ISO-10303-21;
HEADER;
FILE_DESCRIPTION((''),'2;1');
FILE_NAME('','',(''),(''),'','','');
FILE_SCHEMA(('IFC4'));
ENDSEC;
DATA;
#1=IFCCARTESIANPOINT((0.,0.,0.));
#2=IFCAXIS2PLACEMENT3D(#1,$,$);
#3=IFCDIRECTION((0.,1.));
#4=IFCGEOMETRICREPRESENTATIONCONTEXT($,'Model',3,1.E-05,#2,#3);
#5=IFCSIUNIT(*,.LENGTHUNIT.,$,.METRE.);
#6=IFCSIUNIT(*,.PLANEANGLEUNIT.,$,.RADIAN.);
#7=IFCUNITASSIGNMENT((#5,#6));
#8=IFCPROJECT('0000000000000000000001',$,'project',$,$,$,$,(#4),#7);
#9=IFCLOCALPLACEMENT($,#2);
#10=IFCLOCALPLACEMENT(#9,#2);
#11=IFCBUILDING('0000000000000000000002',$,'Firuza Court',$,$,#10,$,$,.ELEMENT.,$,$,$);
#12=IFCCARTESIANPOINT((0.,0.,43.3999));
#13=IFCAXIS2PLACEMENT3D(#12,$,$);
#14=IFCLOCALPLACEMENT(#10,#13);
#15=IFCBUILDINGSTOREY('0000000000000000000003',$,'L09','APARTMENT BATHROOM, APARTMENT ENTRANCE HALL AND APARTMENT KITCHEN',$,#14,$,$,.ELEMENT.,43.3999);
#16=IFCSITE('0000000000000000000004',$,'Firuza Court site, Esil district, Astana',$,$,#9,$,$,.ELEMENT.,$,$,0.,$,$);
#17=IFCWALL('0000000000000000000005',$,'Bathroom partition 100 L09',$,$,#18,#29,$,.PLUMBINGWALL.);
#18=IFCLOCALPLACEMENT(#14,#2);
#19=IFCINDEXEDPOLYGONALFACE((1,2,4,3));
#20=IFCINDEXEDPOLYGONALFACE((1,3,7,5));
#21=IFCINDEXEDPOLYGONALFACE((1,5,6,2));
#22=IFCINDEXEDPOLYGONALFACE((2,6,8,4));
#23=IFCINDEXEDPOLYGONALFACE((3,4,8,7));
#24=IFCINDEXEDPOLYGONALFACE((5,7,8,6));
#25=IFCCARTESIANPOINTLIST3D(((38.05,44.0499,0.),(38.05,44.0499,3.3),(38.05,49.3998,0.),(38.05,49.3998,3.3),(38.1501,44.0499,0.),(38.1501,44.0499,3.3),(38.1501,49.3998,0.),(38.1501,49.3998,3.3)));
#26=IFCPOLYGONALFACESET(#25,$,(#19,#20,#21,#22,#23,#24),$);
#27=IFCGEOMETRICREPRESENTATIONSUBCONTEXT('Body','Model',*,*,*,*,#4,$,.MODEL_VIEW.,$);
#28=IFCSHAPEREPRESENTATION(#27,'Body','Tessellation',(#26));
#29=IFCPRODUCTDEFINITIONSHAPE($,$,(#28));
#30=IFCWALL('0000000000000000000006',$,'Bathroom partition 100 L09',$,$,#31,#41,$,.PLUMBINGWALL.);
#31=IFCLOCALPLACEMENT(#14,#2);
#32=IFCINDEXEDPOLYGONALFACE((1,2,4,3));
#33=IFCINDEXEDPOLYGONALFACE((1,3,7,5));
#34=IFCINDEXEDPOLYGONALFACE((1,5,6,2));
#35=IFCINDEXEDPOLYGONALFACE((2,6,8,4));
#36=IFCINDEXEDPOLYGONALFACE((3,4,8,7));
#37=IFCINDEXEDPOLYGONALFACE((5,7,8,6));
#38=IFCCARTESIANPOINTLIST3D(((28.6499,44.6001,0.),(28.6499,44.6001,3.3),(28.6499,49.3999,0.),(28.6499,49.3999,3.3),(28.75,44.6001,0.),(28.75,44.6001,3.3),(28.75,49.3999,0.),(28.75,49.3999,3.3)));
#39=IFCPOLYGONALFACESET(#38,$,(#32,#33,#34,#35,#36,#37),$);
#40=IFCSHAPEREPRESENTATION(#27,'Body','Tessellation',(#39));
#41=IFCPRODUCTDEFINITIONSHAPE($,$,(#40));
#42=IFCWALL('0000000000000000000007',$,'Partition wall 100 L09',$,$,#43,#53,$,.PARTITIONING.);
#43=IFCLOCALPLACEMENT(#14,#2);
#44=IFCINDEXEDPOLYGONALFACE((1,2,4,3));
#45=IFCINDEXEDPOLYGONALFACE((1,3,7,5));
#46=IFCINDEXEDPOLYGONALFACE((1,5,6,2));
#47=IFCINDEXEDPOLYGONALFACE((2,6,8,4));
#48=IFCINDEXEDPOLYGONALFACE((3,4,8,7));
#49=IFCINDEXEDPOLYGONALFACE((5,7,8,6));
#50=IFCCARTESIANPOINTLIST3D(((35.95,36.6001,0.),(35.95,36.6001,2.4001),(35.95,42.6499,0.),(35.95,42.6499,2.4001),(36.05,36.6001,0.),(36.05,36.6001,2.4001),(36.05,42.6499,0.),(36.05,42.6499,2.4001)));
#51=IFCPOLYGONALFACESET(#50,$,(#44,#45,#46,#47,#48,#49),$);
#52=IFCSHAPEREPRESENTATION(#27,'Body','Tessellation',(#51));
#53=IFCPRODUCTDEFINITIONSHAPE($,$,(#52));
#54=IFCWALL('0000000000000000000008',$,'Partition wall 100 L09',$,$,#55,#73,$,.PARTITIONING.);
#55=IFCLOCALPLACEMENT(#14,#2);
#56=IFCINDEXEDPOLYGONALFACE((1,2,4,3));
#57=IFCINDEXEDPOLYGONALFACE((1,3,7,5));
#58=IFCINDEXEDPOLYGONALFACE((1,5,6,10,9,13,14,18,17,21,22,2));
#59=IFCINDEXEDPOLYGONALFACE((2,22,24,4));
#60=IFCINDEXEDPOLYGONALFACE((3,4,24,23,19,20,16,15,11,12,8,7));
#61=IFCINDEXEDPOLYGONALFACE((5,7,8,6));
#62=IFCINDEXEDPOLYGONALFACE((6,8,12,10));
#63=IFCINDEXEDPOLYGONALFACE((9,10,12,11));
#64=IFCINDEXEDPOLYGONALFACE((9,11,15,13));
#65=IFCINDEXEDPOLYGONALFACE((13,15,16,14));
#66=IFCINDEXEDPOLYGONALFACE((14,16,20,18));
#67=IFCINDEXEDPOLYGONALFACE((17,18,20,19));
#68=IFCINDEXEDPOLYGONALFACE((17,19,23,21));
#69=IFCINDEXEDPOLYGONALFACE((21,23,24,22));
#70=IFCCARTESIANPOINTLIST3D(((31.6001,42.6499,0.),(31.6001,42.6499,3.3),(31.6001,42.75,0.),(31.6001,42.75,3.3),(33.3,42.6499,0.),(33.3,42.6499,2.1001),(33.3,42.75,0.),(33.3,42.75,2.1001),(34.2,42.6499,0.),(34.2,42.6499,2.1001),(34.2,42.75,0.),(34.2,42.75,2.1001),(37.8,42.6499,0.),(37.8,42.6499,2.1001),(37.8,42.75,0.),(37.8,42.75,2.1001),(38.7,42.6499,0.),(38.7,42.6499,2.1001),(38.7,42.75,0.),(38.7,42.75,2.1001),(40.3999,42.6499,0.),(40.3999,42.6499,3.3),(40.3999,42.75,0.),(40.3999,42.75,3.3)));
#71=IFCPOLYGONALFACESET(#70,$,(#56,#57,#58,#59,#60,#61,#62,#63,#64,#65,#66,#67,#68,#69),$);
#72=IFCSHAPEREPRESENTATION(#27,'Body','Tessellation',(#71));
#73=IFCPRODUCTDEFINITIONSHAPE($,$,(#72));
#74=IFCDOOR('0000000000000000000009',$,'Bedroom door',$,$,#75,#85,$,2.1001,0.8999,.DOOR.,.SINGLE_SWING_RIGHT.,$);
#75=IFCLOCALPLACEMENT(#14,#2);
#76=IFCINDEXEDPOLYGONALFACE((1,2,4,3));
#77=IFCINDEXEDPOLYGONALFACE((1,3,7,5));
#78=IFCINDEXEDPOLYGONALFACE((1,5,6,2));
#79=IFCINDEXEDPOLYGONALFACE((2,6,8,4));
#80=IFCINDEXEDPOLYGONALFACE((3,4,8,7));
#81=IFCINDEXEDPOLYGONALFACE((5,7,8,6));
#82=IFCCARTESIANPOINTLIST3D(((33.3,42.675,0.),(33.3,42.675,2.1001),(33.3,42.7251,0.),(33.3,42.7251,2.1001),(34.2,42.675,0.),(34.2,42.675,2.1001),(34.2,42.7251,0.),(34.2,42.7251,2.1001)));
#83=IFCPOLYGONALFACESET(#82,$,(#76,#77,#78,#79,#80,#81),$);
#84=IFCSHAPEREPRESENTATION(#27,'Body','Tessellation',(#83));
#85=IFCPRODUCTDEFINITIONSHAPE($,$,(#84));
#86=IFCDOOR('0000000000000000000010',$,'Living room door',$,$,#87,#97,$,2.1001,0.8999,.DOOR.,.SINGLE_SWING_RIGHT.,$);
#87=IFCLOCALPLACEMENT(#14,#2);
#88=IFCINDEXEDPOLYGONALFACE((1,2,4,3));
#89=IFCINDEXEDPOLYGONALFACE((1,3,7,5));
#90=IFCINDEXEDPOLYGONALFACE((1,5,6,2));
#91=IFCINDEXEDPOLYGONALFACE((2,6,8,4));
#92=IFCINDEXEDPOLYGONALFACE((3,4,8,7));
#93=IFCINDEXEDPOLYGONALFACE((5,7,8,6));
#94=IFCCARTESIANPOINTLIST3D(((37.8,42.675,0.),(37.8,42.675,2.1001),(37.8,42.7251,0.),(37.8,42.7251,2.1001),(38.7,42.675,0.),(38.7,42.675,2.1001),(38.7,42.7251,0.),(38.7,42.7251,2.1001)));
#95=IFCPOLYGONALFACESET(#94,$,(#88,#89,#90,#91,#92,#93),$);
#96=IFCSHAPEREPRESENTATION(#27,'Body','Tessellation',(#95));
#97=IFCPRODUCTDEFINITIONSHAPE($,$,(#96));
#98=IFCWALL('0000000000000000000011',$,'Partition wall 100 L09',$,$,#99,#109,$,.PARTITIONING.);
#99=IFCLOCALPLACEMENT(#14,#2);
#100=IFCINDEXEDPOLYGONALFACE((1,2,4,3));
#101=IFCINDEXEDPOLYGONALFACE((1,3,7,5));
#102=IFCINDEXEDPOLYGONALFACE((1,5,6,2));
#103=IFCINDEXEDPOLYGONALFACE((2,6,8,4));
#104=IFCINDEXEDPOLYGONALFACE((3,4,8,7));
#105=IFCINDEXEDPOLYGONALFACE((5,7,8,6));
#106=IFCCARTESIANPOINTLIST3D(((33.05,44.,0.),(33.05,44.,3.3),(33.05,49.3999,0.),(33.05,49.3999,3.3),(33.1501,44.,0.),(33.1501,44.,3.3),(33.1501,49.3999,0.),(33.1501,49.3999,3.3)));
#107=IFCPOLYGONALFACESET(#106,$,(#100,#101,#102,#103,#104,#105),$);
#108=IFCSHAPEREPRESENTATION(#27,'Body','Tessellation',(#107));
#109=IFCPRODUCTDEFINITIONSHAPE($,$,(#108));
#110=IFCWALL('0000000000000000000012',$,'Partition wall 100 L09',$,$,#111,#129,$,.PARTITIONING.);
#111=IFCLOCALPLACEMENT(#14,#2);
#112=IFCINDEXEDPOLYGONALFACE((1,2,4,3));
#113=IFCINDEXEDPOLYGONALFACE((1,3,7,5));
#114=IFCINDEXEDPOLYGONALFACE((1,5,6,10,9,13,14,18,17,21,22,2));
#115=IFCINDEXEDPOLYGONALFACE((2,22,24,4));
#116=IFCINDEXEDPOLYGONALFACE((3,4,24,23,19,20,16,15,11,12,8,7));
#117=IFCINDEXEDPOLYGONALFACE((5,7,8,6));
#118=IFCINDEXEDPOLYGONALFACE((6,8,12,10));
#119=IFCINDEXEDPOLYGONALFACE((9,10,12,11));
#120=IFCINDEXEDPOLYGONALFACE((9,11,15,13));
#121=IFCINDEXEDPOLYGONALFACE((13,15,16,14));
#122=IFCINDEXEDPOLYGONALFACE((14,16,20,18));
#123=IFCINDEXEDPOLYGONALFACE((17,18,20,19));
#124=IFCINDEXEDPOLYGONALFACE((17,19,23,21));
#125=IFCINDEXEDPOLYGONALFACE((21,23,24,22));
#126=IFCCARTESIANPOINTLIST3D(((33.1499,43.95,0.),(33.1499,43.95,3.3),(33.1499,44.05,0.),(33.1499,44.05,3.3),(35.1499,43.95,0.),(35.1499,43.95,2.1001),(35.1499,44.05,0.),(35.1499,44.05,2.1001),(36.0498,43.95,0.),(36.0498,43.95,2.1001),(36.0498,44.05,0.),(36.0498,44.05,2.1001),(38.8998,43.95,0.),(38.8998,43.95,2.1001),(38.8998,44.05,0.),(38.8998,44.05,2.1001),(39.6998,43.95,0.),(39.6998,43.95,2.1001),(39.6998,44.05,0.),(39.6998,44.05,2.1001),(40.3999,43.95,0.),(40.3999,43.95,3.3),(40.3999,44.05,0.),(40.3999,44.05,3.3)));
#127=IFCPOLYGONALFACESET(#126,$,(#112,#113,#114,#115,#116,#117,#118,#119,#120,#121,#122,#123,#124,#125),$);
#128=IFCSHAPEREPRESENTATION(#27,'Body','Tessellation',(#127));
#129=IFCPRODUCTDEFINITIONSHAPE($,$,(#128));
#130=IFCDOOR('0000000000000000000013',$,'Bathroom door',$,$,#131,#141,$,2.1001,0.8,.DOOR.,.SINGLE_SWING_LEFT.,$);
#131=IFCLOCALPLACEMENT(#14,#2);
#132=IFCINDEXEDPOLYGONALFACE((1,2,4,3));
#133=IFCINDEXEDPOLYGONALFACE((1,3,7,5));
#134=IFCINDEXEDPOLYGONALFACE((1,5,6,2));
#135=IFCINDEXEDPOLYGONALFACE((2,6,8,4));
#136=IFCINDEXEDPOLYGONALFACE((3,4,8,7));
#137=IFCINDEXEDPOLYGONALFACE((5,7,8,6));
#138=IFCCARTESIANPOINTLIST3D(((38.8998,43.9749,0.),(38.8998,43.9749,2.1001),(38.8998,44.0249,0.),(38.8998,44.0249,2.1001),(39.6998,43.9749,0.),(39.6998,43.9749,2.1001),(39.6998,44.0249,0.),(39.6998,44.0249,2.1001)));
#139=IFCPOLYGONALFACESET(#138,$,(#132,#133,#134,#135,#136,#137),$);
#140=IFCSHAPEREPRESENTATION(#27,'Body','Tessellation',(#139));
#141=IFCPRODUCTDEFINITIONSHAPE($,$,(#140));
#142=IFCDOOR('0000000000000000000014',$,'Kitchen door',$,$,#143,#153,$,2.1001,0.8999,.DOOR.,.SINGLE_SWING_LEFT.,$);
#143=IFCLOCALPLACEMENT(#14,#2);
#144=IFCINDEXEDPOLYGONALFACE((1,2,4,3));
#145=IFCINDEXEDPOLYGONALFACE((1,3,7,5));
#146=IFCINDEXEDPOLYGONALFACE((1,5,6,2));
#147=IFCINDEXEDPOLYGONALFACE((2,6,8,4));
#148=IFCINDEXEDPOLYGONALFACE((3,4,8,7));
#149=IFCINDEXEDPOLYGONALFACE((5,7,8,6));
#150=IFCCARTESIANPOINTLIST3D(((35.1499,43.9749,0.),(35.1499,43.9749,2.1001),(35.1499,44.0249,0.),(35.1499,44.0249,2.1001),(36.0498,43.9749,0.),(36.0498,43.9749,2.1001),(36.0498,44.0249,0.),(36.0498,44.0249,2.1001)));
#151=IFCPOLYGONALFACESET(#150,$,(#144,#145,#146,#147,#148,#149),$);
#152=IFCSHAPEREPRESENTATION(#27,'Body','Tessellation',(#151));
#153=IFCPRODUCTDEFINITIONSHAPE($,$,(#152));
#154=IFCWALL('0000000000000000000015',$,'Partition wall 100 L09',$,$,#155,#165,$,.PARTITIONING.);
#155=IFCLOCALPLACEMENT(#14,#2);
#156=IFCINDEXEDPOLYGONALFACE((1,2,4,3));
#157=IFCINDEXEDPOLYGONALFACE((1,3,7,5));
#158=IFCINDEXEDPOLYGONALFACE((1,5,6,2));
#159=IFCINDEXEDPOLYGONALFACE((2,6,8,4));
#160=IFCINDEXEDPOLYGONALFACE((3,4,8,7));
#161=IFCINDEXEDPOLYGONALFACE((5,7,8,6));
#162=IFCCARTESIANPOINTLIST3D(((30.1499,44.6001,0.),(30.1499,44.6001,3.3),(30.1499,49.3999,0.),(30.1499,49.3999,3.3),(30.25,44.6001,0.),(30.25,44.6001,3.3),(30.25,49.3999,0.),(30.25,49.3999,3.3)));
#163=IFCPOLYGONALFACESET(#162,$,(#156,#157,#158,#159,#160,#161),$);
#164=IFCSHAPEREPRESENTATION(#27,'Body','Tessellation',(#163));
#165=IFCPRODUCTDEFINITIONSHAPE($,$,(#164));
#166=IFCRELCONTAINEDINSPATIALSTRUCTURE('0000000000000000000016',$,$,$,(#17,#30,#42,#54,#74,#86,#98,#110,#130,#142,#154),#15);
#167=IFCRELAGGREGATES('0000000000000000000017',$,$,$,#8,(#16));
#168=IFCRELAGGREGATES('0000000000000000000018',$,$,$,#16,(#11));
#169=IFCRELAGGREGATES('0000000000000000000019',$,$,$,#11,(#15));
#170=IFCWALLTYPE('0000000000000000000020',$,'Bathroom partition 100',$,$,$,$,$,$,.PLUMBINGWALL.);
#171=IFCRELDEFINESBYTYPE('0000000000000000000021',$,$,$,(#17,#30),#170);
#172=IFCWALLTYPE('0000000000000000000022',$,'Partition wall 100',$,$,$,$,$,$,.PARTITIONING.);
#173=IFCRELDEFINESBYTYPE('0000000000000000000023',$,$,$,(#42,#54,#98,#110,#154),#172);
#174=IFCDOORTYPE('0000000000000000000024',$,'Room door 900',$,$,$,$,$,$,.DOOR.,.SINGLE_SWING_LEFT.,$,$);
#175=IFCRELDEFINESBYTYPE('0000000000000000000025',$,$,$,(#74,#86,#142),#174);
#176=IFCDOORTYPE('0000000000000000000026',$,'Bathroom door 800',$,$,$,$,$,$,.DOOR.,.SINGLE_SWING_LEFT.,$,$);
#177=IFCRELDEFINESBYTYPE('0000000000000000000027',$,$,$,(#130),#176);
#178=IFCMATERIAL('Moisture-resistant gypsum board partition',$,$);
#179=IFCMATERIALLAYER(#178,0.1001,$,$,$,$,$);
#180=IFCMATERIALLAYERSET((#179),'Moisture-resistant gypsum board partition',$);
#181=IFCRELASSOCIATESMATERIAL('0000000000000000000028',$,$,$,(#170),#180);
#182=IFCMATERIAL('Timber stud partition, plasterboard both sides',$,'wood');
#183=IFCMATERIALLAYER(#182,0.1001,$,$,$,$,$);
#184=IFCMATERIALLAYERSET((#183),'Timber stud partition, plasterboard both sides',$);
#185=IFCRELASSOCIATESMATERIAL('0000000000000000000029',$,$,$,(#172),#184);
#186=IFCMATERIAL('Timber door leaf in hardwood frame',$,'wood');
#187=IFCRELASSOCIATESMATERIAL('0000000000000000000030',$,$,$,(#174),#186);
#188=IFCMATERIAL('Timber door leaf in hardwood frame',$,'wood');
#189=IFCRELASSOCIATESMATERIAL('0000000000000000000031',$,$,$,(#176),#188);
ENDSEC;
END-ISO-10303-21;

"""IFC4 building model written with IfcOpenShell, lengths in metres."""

from ifc_helpers import new_model, si_unit, direction, frame, frame_2d, origin, place, context, subcontext, project, spatial, rectangle, extrude, material, layer, layer_set, type_object, element, fill, save


model = new_model("IFC4")

# Units and contexts
model_context = context("Model", 3, precision=1e-05, world=origin(), true_north=direction((0.0, 1.0)))
body_context = subcontext(model_context, "Body", "Model", "MODEL_VIEW")
ifc_project = project(units=[si_unit("LENGTHUNIT", "METRE"), si_unit("PLANEANGLEUNIT", "RADIAN")], contexts=[model_context])

# Site, building, storey
site_placement = place(None, origin())
site = spatial("IfcSite", under=ifc_project, at=site_placement, Name="Firuza Court site, Esil district, Astana", CompositionType="ELEMENT", RefElevation=0.0)
building_placement = place(site_placement, origin())
building = spatial("IfcBuilding", under=site, at=building_placement, Name="Firuza Court", CompositionType="ELEMENT")
storey_placement = place(building_placement, frame((0.0, 0.0, 43.3999)))
storey = spatial("IfcBuildingStorey", under=building, at=storey_placement, Name="L09", Description="APARTMENT BATHROOM, APARTMENT ENTRANCE HALL AND APARTMENT KITCHEN", CompositionType="ELEMENT", Elevation=43.3999)

# Walls
ifc_material_1 = material(Name="Moisture-resistant gypsum board partition")
ifc_layer_1 = layer(ifc_material_1, 0.1001)
ifc_layer_set_1 = layer_set([ifc_layer_1], Name="Moisture-resistant gypsum board partition")
wall_type_1 = type_object("IfcWallType", Name="Bathroom partition 100", PredefinedType="PLUMBINGWALL", material=ifc_layer_set_1)
wall_1_placement = place(storey_placement, frame((38.1001, 44.05, 0.0), z_axis=(0.0, 0.0, 1.0), x_axis=(0.0, 1.0, 0.0)))
element("IfcWall", 1, at=wall_1_placement, inside=storey, type_object=wall_type_1, Name="Bathroom partition 100 L09", PredefinedType="PLUMBINGWALL", context=body_context, shape_type="SweptSolid", body=[
    extrude(rectangle(XDim=5.3499, YDim=0.1001, at=frame_2d((2.6748, 0.0))), origin(), (0.0, 0.0, 1.0), 3.3),
])
wall_2_placement = place(storey_placement, frame((28.7, 44.6001, 0.0), z_axis=(0.0, 0.0, 1.0), x_axis=(0.0, 1.0, 0.0)))
element("IfcWall", 2, at=wall_2_placement, inside=storey, type_object=wall_type_1, Name="Bathroom partition 100 L09", PredefinedType="PLUMBINGWALL", context=body_context, shape_type="SweptSolid", body=[
    extrude(rectangle(XDim=4.7998, YDim=0.1001, at=frame_2d((2.3999, 0.0))), origin(), (0.0, 0.0, 1.0), 3.3),
])
ifc_material_2 = material(Name="Timber stud partition, plasterboard both sides", Category="wood")
ifc_layer_2 = layer(ifc_material_2, 0.1001)
ifc_layer_set_2 = layer_set([ifc_layer_2], Name="Timber stud partition, plasterboard both sides")
wall_type_2 = type_object("IfcWallType", Name="Partition wall 100", PredefinedType="PARTITIONING", material=ifc_layer_set_2)
wall_3_placement = place(storey_placement, frame((36.0, 36.6001, 0.0), z_axis=(0.0, 0.0, 1.0), x_axis=(0.0, 1.0, 0.0)))
element("IfcWall", 3, at=wall_3_placement, inside=storey, type_object=wall_type_2, Name="Partition wall 100 L09", PredefinedType="PARTITIONING", context=body_context, shape_type="SweptSolid", body=[
    extrude(rectangle(XDim=6.0498, YDim=0.1001, at=frame_2d((3.0249, 0.0))), origin(), (0.0, 0.0, 1.0), 2.4001),
])

# Wall, openings, doors
wall_4_placement = place(storey_placement, frame((31.6001, 42.7, 0.0), z_axis=(0.0, 0.0, 1.0), x_axis=(1.0, 0.0, 0.0)))
wall_4 = element("IfcWall", 4, at=wall_4_placement, inside=storey, type_object=wall_type_2, Name="Partition wall 100 L09", PredefinedType="PARTITIONING", context=body_context, shape_type="SweptSolid", body=[
    extrude(rectangle(XDim=8.7998, YDim=0.1001, at=frame_2d((4.3999, 0.0))), origin(), (0.0, 0.0, 1.0), 3.3),
])
opening_1_placement = place(wall_4_placement, frame((1.7, 0.0, 0.0)))
opening_1 = element("IfcOpeningElement", 5, at=opening_1_placement, cuts=wall_4, PredefinedType="OPENING", context=body_context, shape_type="SweptSolid", body=[
    extrude(rectangle(XDim=0.8999, YDim=2.1001, at=frame_2d((0.45, 1.05))), frame((0.0, 0.062, 0.0), z_axis=(0.0, -1.0, 0.0), x_axis=(1.0, 0.0, 0.0)), (0.0, 0.0, 1.0), 0.124),
])
opening_2_placement = place(wall_4_placement, frame((6.2, 0.0, 0.0)))
opening_2 = element("IfcOpeningElement", 6, at=opening_2_placement, cuts=wall_4, PredefinedType="OPENING", context=body_context, shape_type="SweptSolid", body=[
    extrude(rectangle(XDim=0.8999, YDim=2.1001, at=frame_2d((0.45, 1.05))), frame((0.0, 0.062, 0.0), z_axis=(0.0, -1.0, 0.0), x_axis=(1.0, 0.0, 0.0)), (0.0, 0.0, 1.0), 0.124),
])
ifc_material_3 = material(Name="Timber door leaf in hardwood frame", Category="wood")
door_type_1 = type_object("IfcDoorType", Name="Room door 900", OperationType="SINGLE_SWING_LEFT", PredefinedType="DOOR", material=ifc_material_3)
door_1_placement = place(opening_1_placement, frame((0.8999, 0.0, 0.0), z_axis=(0.0, 0.0, 1.0), x_axis=(-1.0, 0.0, 0.0)))
door_1 = element("IfcDoor", 7, at=door_1_placement, inside=storey, type_object=door_type_1, Name="Bedroom door", OperationType="SINGLE_SWING_RIGHT", OverallHeight=2.1001, OverallWidth=0.8999, PredefinedType="DOOR", context=body_context, shape_type="SweptSolid", body=[
    extrude(rectangle(XDim=0.8999, YDim=2.1001, at=frame_2d((0.45, 1.05))), frame((0.0, 0.0249, 0.0), z_axis=(0.0, -1.0, 0.0), x_axis=(1.0, 0.0, 0.0)), (0.0, 0.0, 1.0), 0.05),
])
fill(opening_1, door_1)
door_2_placement = place(opening_2_placement, frame((0.8999, 0.0, 0.0), z_axis=(0.0, 0.0, 1.0), x_axis=(-1.0, 0.0, 0.0)))
door_2 = element("IfcDoor", 8, at=door_2_placement, inside=storey, type_object=door_type_1, Name="Living room door", OperationType="SINGLE_SWING_RIGHT", OverallHeight=2.1001, OverallWidth=0.8999, PredefinedType="DOOR", context=body_context, shape_type="SweptSolid", body=[
    extrude(rectangle(XDim=0.8999, YDim=2.1001, at=frame_2d((0.45, 1.05))), frame((0.0, 0.0249, 0.0), z_axis=(0.0, -1.0, 0.0), x_axis=(1.0, 0.0, 0.0)), (0.0, 0.0, 1.0), 0.05),
])
fill(opening_2, door_2)

# Wall
wall_5_placement = place(storey_placement, frame((33.1001, 44.0, 0.0), z_axis=(0.0, 0.0, 1.0), x_axis=(0.0, 1.0, 0.0)))
element("IfcWall", 9, at=wall_5_placement, inside=storey, type_object=wall_type_2, Name="Partition wall 100 L09", PredefinedType="PARTITIONING", context=body_context, shape_type="SweptSolid", body=[
    extrude(rectangle(XDim=5.3999, YDim=0.1001, at=frame_2d((2.7, 0.0))), origin(), (0.0, 0.0, 1.0), 3.3),
])

# Wall, openings, doors
wall_6_placement = place(storey_placement, frame((33.1499, 44.0, 0.0), z_axis=(0.0, 0.0, 1.0), x_axis=(1.0, 0.0, 0.0)))
wall_6 = element("IfcWall", 10, at=wall_6_placement, inside=storey, type_object=wall_type_2, Name="Partition wall 100 L09", PredefinedType="PARTITIONING", context=body_context, shape_type="SweptSolid", body=[
    extrude(rectangle(XDim=7.25, YDim=0.1001, at=frame_2d((3.625, 0.0))), origin(), (0.0, 0.0, 1.0), 3.3),
])
opening_3_placement = place(wall_6_placement, frame((5.75, 0.0, 0.0)))
opening_3 = element("IfcOpeningElement", 11, at=opening_3_placement, cuts=wall_6, PredefinedType="OPENING", context=body_context, shape_type="SweptSolid", body=[
    extrude(rectangle(XDim=0.8, YDim=2.1001, at=frame_2d((0.3999, 1.05))), frame((0.0, 0.062, 0.0), z_axis=(0.0, -1.0, 0.0), x_axis=(1.0, 0.0, 0.0)), (0.0, 0.0, 1.0), 0.124),
])
opening_4_placement = place(wall_6_placement, frame((2.0, 0.0, 0.0)))
opening_4 = element("IfcOpeningElement", 12, at=opening_4_placement, cuts=wall_6, PredefinedType="OPENING", context=body_context, shape_type="SweptSolid", body=[
    extrude(rectangle(XDim=0.8999, YDim=2.1001, at=frame_2d((0.45, 1.05))), frame((0.0, 0.062, 0.0), z_axis=(0.0, -1.0, 0.0), x_axis=(1.0, 0.0, 0.0)), (0.0, 0.0, 1.0), 0.124),
])
ifc_material_4 = material(Name="Timber door leaf in hardwood frame", Category="wood")
door_type_2 = type_object("IfcDoorType", Name="Bathroom door 800", OperationType="SINGLE_SWING_LEFT", PredefinedType="DOOR", material=ifc_material_4)
door_3_placement = place(opening_3_placement, origin())
door_3 = element("IfcDoor", 13, at=door_3_placement, inside=storey, type_object=door_type_2, Name="Bathroom door", OperationType="SINGLE_SWING_LEFT", OverallHeight=2.1001, OverallWidth=0.8, PredefinedType="DOOR", context=body_context, shape_type="SweptSolid", body=[
    extrude(rectangle(XDim=0.8, YDim=2.1001, at=frame_2d((0.3999, 1.05))), frame((0.0, 0.0249, 0.0), z_axis=(0.0, -1.0, 0.0), x_axis=(1.0, 0.0, 0.0)), (0.0, 0.0, 1.0), 0.05),
])
fill(opening_3, door_3)
door_4_placement = place(opening_4_placement, origin())
door_4 = element("IfcDoor", 14, at=door_4_placement, inside=storey, type_object=door_type_1, Name="Kitchen door", OperationType="SINGLE_SWING_LEFT", OverallHeight=2.1001, OverallWidth=0.8999, PredefinedType="DOOR", context=body_context, shape_type="SweptSolid", body=[
    extrude(rectangle(XDim=0.8999, YDim=2.1001, at=frame_2d((0.45, 1.05))), frame((0.0, 0.0249, 0.0), z_axis=(0.0, -1.0, 0.0), x_axis=(1.0, 0.0, 0.0)), (0.0, 0.0, 1.0), 0.05),
])
fill(opening_4, door_4)

# Wall
wall_7_placement = place(storey_placement, frame((30.2, 44.6001, 0.0), z_axis=(0.0, 0.0, 1.0), x_axis=(0.0, 1.0, 0.0)))
element("IfcWall", 15, at=wall_7_placement, inside=storey, type_object=wall_type_2, Name="Partition wall 100 L09", PredefinedType="PARTITIONING", context=body_context, shape_type="SweptSolid", body=[
    extrude(rectangle(XDim=4.7998, YDim=0.1001, at=frame_2d((2.3999, 0.0))), origin(), (0.0, 0.0, 1.0), 3.3),
])

save(model, "model.ifc")
